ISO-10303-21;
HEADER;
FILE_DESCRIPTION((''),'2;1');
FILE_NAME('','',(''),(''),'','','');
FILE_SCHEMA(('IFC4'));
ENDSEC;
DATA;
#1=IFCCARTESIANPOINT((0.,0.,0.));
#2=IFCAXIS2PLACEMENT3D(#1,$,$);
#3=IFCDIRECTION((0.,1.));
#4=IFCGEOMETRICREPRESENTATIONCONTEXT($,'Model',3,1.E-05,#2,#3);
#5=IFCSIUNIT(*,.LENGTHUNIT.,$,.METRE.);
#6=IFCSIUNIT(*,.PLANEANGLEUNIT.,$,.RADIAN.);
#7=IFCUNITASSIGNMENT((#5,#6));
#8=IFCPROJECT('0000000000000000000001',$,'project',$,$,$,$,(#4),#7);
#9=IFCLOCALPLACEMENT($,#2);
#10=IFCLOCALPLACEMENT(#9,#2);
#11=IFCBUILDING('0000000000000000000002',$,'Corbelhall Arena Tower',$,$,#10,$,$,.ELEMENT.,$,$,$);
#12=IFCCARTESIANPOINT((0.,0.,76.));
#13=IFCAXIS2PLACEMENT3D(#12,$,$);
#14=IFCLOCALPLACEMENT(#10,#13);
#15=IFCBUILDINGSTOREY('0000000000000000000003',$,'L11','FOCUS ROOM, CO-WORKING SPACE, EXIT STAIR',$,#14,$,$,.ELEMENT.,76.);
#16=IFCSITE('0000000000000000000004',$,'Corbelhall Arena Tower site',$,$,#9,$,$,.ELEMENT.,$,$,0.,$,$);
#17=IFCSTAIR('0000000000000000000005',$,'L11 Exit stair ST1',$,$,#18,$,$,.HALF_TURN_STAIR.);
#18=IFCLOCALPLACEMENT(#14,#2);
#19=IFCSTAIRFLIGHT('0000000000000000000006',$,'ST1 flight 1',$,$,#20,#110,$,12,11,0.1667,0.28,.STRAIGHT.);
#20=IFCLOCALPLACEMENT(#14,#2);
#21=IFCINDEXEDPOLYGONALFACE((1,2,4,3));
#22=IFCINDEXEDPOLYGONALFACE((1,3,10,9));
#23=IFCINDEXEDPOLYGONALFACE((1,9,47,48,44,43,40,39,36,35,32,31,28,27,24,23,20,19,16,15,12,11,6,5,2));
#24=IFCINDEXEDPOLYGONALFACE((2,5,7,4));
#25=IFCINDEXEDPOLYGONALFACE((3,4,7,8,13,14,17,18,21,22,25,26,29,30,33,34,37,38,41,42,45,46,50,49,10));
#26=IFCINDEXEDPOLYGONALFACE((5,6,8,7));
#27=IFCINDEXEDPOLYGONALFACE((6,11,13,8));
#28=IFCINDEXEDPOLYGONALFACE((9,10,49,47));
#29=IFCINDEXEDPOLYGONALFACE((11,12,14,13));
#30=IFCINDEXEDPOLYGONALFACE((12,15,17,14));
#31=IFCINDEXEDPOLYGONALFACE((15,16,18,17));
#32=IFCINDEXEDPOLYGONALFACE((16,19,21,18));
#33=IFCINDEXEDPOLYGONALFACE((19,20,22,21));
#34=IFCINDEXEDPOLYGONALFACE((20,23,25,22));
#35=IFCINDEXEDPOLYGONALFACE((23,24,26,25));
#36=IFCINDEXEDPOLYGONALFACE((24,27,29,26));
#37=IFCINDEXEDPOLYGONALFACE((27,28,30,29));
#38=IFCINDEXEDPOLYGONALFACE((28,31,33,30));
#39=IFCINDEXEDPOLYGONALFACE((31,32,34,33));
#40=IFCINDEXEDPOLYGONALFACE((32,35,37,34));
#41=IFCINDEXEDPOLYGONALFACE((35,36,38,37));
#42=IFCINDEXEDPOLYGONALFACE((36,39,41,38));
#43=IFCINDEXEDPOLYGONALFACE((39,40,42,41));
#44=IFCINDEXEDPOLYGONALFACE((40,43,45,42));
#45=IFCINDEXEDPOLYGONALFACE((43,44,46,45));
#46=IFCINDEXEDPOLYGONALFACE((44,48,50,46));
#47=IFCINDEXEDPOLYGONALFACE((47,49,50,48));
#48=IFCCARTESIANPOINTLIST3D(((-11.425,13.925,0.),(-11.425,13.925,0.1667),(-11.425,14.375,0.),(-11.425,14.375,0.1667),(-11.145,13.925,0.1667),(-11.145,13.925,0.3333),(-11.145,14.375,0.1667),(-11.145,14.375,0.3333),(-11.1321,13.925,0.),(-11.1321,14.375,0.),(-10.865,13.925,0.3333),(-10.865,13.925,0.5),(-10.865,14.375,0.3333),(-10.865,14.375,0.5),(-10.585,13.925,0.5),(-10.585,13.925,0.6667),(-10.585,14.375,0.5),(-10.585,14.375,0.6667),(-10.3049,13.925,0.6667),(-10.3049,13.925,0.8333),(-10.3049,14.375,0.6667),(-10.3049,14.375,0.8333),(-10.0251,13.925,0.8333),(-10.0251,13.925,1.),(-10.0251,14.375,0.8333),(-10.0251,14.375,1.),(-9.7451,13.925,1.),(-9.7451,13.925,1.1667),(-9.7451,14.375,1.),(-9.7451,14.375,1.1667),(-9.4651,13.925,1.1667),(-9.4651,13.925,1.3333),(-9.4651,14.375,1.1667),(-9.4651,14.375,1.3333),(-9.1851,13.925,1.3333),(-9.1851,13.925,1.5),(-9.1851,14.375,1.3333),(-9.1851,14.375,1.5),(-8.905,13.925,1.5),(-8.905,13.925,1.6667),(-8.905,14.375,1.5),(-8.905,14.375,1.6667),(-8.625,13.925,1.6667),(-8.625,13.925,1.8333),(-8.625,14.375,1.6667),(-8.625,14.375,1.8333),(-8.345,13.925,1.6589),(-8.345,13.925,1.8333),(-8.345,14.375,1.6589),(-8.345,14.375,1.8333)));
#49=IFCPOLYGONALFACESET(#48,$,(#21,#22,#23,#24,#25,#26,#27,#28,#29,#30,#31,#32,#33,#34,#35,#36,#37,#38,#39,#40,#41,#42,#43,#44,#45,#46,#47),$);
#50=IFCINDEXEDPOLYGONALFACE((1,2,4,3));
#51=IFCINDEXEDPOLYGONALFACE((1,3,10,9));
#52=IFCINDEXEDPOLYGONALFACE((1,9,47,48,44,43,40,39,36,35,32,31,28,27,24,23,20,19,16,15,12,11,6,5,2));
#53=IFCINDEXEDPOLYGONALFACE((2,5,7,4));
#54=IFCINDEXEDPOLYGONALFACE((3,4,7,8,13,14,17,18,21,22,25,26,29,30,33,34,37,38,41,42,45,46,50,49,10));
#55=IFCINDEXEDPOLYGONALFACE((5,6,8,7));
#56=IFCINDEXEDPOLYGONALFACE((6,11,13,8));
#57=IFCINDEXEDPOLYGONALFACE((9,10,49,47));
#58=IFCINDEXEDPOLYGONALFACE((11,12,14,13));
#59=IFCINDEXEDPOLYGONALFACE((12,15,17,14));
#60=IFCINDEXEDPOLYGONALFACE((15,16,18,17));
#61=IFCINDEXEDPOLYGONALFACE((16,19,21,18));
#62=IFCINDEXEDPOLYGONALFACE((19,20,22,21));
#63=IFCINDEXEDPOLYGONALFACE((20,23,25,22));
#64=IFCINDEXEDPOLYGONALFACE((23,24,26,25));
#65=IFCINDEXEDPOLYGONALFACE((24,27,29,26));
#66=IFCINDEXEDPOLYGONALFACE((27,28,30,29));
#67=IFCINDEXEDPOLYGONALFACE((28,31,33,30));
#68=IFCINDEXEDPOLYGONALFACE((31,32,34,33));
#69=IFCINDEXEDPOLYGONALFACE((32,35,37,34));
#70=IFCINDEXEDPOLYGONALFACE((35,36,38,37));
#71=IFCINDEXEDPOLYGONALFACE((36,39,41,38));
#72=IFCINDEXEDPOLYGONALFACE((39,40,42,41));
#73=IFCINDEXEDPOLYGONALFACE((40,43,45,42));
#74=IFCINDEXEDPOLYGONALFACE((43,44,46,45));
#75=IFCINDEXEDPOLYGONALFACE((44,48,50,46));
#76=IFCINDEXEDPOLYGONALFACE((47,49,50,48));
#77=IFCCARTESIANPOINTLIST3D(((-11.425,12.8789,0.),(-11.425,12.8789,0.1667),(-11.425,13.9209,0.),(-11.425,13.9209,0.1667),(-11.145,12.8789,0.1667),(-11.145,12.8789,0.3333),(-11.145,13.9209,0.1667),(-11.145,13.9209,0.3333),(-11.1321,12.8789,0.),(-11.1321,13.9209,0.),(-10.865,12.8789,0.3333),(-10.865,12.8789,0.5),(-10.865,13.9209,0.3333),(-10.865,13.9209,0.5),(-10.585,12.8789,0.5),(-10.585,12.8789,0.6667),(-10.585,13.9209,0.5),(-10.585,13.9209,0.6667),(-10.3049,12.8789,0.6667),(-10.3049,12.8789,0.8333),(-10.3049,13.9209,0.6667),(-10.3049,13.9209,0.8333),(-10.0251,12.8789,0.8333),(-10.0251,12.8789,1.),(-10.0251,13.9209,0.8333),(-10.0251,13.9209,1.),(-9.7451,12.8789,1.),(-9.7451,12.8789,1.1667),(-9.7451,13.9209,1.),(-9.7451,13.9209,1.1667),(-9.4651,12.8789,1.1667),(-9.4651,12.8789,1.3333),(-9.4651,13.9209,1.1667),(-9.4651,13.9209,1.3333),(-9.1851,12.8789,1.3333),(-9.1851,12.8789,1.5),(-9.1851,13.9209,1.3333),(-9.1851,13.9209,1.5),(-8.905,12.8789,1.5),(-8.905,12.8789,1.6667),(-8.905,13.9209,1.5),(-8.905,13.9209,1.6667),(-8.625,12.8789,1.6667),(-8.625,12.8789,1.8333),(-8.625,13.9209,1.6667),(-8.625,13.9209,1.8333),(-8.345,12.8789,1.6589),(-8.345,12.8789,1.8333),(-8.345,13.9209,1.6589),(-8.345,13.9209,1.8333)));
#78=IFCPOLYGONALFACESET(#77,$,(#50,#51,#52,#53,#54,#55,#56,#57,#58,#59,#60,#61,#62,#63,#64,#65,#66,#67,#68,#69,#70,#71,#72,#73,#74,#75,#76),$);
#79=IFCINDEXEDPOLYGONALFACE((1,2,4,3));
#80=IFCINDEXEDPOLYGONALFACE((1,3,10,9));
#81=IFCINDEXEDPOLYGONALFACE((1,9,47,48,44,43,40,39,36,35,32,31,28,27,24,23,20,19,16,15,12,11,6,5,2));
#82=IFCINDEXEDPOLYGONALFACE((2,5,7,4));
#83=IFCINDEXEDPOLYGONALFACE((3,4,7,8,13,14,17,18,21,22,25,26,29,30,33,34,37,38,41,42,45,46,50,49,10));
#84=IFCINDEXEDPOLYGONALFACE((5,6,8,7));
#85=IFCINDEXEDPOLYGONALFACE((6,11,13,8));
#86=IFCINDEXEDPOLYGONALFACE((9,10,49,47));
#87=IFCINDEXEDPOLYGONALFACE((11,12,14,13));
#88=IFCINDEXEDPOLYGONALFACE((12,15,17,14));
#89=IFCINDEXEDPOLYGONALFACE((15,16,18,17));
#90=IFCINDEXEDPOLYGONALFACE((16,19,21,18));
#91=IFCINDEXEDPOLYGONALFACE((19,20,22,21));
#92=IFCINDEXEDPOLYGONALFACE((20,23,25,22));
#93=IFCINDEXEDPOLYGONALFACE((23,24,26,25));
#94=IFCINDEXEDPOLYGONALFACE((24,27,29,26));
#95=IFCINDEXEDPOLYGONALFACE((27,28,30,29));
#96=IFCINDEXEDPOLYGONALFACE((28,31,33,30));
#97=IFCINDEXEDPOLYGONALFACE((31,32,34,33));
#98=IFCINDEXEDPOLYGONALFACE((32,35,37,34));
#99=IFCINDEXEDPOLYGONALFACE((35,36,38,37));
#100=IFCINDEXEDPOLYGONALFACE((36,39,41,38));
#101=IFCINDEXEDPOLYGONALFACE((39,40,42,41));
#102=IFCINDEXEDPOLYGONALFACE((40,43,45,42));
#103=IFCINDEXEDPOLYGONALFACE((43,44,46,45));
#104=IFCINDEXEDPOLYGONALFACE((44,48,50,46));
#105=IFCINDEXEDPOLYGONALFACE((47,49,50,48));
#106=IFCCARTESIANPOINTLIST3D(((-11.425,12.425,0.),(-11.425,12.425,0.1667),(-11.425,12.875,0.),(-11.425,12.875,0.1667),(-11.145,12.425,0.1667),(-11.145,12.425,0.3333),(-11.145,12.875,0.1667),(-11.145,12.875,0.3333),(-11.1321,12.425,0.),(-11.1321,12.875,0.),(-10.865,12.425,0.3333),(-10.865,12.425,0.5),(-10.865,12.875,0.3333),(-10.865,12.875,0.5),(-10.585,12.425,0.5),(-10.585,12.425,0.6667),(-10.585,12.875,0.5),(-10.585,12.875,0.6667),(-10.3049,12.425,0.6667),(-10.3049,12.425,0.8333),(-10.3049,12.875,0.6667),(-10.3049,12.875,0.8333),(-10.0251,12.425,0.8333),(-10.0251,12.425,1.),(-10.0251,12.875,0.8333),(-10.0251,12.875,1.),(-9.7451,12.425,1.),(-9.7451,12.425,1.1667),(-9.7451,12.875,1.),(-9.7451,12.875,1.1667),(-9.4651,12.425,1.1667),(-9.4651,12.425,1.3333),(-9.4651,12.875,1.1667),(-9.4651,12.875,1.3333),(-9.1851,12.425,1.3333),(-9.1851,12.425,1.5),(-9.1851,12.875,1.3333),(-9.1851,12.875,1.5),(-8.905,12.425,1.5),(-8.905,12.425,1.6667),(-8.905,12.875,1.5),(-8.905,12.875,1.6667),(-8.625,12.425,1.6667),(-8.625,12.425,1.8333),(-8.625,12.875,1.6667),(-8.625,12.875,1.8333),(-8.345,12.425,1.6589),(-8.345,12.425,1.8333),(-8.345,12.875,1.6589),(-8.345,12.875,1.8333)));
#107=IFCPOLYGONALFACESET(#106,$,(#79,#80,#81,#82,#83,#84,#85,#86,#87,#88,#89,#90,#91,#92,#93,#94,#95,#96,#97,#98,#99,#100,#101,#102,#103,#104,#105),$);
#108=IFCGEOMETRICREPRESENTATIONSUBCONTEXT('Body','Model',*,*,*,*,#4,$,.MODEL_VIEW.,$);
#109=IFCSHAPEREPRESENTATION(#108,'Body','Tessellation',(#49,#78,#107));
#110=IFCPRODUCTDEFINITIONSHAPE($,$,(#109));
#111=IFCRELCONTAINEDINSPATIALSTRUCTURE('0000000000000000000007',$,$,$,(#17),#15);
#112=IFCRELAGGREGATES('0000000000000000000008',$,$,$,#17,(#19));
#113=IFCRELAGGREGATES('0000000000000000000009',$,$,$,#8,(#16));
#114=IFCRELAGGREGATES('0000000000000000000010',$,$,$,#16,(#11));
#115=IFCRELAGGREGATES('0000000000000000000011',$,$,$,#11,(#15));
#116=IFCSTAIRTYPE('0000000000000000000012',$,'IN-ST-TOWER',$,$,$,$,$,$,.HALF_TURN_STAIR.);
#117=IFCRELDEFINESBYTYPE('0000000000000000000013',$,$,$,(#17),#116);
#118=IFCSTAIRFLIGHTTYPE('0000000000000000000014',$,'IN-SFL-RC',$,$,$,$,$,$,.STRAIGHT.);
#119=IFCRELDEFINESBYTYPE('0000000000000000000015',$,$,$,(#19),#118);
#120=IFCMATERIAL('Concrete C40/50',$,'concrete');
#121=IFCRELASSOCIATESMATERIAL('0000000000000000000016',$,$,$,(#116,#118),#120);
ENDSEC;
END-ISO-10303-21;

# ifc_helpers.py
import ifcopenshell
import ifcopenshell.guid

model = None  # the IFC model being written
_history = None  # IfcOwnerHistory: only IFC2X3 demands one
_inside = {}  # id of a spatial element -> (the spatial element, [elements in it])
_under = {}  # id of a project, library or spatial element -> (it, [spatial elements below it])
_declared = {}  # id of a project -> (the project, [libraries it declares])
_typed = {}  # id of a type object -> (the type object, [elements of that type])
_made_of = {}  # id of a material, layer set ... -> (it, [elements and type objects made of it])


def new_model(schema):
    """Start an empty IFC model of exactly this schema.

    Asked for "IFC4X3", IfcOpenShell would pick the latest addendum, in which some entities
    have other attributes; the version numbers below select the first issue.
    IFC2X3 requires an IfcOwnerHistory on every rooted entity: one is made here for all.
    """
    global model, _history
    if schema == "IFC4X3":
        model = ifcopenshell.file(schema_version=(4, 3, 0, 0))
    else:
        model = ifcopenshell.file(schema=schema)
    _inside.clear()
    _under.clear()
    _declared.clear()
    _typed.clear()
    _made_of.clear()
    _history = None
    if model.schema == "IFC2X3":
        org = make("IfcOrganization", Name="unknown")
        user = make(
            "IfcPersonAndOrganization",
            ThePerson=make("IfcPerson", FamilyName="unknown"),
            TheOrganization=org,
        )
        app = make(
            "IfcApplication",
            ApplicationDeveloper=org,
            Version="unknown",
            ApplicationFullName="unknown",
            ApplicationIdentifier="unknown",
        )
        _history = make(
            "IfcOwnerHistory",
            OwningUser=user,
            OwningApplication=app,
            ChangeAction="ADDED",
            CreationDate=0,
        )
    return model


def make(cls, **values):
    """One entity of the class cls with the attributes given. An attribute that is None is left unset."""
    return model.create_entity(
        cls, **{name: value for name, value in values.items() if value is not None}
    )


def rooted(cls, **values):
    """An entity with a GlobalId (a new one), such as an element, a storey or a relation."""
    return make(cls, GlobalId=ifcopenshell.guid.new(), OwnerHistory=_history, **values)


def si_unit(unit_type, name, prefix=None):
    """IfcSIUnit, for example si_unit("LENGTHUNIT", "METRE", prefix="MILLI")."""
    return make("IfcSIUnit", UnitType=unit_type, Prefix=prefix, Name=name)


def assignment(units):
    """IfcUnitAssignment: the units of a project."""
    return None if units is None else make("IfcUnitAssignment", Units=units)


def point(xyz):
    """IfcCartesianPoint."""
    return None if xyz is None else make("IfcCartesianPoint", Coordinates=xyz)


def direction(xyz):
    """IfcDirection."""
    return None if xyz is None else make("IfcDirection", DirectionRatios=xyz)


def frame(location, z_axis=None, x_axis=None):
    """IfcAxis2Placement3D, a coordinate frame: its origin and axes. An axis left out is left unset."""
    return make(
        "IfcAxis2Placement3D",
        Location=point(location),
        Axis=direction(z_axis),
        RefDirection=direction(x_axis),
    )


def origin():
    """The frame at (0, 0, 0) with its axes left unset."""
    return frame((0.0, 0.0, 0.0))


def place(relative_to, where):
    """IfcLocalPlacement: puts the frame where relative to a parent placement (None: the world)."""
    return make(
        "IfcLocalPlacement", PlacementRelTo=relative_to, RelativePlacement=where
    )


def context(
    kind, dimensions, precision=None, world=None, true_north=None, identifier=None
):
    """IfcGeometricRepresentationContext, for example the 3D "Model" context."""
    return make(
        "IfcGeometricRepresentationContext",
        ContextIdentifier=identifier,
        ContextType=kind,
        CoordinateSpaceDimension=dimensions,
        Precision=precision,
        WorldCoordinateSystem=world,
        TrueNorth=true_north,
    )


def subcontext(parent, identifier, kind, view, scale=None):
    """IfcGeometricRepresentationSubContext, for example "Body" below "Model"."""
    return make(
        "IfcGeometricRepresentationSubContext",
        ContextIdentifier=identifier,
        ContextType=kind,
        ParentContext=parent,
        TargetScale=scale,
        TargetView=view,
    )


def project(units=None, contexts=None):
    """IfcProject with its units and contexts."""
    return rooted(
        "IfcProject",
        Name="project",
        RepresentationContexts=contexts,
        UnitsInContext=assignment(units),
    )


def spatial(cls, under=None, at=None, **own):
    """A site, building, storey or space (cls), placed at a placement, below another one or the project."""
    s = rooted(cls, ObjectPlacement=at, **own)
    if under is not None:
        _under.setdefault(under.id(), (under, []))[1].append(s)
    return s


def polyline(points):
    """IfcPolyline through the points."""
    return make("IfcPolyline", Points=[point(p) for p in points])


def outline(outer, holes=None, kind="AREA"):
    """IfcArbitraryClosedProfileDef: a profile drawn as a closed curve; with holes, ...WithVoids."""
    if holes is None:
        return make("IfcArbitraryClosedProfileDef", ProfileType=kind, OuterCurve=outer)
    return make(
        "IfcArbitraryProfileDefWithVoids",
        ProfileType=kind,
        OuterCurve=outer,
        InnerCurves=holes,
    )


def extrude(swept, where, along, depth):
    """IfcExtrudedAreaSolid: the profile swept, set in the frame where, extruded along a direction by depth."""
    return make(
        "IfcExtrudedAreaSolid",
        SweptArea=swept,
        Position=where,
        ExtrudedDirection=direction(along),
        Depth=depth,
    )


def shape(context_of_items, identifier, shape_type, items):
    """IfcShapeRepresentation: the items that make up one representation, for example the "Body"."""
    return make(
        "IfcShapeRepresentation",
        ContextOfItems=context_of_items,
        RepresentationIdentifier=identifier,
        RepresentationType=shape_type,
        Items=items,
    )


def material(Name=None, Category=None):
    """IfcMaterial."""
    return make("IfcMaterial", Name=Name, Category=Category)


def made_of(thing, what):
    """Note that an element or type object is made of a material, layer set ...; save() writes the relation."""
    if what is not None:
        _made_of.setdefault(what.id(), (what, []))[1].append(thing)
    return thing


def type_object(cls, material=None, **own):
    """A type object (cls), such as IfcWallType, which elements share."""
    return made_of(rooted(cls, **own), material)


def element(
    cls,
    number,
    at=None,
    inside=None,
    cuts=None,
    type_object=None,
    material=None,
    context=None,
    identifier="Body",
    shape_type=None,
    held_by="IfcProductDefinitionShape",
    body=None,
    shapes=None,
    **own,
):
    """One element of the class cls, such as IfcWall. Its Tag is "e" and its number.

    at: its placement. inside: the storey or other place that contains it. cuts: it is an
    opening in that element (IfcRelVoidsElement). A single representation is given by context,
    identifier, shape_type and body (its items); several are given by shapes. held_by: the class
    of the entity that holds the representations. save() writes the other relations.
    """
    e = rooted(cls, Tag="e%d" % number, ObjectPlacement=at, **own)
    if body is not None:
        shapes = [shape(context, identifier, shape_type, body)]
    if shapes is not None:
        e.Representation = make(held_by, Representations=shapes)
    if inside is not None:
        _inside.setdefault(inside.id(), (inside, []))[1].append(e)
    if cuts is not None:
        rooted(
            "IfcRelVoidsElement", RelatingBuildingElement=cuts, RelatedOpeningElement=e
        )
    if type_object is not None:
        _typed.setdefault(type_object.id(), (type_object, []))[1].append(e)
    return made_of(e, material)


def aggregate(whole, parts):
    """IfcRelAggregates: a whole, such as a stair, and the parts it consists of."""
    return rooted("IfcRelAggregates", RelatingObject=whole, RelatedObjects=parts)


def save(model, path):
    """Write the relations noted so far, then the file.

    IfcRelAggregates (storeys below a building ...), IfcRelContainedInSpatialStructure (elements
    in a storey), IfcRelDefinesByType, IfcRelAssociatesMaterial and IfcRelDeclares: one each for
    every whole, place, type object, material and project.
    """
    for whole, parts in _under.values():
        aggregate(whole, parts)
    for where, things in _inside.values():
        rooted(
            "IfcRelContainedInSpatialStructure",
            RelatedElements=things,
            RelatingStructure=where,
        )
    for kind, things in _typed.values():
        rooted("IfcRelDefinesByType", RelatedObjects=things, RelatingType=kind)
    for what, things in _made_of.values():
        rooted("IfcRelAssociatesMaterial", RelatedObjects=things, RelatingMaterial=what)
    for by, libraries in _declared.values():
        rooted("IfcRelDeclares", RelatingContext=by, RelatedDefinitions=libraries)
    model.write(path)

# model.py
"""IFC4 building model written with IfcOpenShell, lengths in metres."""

from ifc_helpers import new_model, si_unit, direction, frame, origin, place, context, subcontext, project, spatial, polyline, outline, extrude, material, type_object, element, aggregate, save


model = new_model("IFC4")

# Units and contexts
model_context = context("Model", 3, precision=1e-05, world=origin(), true_north=direction((0.0, 1.0)))
body_context = subcontext(model_context, "Body", "Model", "MODEL_VIEW")
ifc_project = project(units=[si_unit("LENGTHUNIT", "METRE"), si_unit("PLANEANGLEUNIT", "RADIAN")], contexts=[model_context])

# Site, building, storey
site_placement = place(None, origin())
site = spatial("IfcSite", under=ifc_project, at=site_placement, Name="Corbelhall Arena Tower site", CompositionType="ELEMENT", RefElevation=0.0)
building_placement = place(site_placement, origin())
building = spatial("IfcBuilding", under=site, at=building_placement, Name="Corbelhall Arena Tower", CompositionType="ELEMENT")
storey_placement = place(building_placement, frame((0.0, 0.0, 76.0)))
storey = spatial("IfcBuildingStorey", under=building, at=storey_placement, Name="L11", Description="FOCUS ROOM, CO-WORKING SPACE, EXIT STAIR", CompositionType="ELEMENT", Elevation=76.0)

# Shared definitions
ifc_material_1 = material(Name="Concrete C40/50", Category="concrete")

# Stair, stair flight
stair_type = type_object("IfcStairType", Name="IN-ST-TOWER", PredefinedType="HALF_TURN_STAIR", material=ifc_material_1)
stair_placement = place(storey_placement, origin())
stair = element("IfcStair", 1, at=stair_placement, inside=storey, type_object=stair_type, Name="L11 Exit stair ST1", PredefinedType="HALF_TURN_STAIR")
stair_flight_type = type_object("IfcStairFlightType", Name="IN-SFL-RC", PredefinedType="STRAIGHT", material=ifc_material_1)
stair_flight_1_placement = place(storey_placement, frame((-11.425, 13.3999, 0.0), z_axis=(0.0, 0.0, 1.0), x_axis=(1.0, 0.0, 0.0)))
stair_flight_1 = element("IfcStairFlight", 2, at=stair_flight_1_placement, type_object=stair_flight_type, Name="ST1 flight 1", NumberOfRisers=12, NumberOfTreads=11, PredefinedType="STRAIGHT", RiserHeight=0.1667, TreadLength=0.28, context=body_context, shape_type="SweptSolid", body=[
    extrude(outline(polyline([(0.0, 0.0), (0.0, 0.1667), (0.28, 0.1667), (0.28, 0.3333), (0.5601, 0.3333), (0.5601, 0.5), (0.8401, 0.5), (0.8401, 0.6667), (1.1201, 0.6667), (1.1201, 0.8333), (1.3999, 0.8333), (1.3999, 1.0), (1.6799, 1.0), (1.6799, 1.1667), (1.96, 1.1667), (1.96, 1.3333), (2.24, 1.3333), (2.24, 1.5), (2.52, 1.5), (2.52, 1.6667), (2.8, 1.6667), (2.8, 1.8333), (3.0801, 1.8333), (3.0801, 2.0), (3.0801, 1.6589), (0.293, 0.0), (0.0, 0.0)])), frame((0.0, 0.9751, 0.0), z_axis=(0.0, -1.0, 0.0), x_axis=(1.0, 0.0, 0.0)), (0.0, 0.0, 1.0), 0.45),
    extrude(outline(polyline([(0.0, 0.0), (0.0, 0.1667), (0.28, 0.1667), (0.28, 0.3333), (0.5601, 0.3333), (0.5601, 0.5), (0.8401, 0.5), (0.8401, 0.6667), (1.1201, 0.6667), (1.1201, 0.8333), (1.3999, 0.8333), (1.3999, 1.0), (1.6799, 1.0), (1.6799, 1.1667), (1.96, 1.1667), (1.96, 1.3333), (2.24, 1.3333), (2.24, 1.5), (2.52, 1.5), (2.52, 1.6667), (2.8, 1.6667), (2.8, 1.8333), (3.0801, 1.8333), (3.0801, 2.0), (3.0801, 1.6589), (0.293, 0.0), (0.0, 0.0)])), frame((0.0, 0.521, 0.0), z_axis=(0.0, -1.0, 0.0), x_axis=(1.0, 0.0, 0.0)), (0.0, 0.0, 1.0), 1.042),
    extrude(outline(polyline([(0.0, 0.0), (0.0, 0.1667), (0.28, 0.1667), (0.28, 0.3333), (0.5601, 0.3333), (0.5601, 0.5), (0.8401, 0.5), (0.8401, 0.6667), (1.1201, 0.6667), (1.1201, 0.8333), (1.3999, 0.8333), (1.3999, 1.0), (1.6799, 1.0), (1.6799, 1.1667), (1.96, 1.1667), (1.96, 1.3333), (2.24, 1.3333), (2.24, 1.5), (2.52, 1.5), (2.52, 1.6667), (2.8, 1.6667), (2.8, 1.8333), (3.0801, 1.8333), (3.0801, 2.0), (3.0801, 1.6589), (0.293, 0.0), (0.0, 0.0)])), frame((0.0, -0.5249, 0.0), z_axis=(0.0, -1.0, 0.0), x_axis=(1.0, 0.0, 0.0)), (0.0, 0.0, 1.0), 0.45),
])
aggregate(stair, [stair_flight_1])

save(model, "model.ifc")
